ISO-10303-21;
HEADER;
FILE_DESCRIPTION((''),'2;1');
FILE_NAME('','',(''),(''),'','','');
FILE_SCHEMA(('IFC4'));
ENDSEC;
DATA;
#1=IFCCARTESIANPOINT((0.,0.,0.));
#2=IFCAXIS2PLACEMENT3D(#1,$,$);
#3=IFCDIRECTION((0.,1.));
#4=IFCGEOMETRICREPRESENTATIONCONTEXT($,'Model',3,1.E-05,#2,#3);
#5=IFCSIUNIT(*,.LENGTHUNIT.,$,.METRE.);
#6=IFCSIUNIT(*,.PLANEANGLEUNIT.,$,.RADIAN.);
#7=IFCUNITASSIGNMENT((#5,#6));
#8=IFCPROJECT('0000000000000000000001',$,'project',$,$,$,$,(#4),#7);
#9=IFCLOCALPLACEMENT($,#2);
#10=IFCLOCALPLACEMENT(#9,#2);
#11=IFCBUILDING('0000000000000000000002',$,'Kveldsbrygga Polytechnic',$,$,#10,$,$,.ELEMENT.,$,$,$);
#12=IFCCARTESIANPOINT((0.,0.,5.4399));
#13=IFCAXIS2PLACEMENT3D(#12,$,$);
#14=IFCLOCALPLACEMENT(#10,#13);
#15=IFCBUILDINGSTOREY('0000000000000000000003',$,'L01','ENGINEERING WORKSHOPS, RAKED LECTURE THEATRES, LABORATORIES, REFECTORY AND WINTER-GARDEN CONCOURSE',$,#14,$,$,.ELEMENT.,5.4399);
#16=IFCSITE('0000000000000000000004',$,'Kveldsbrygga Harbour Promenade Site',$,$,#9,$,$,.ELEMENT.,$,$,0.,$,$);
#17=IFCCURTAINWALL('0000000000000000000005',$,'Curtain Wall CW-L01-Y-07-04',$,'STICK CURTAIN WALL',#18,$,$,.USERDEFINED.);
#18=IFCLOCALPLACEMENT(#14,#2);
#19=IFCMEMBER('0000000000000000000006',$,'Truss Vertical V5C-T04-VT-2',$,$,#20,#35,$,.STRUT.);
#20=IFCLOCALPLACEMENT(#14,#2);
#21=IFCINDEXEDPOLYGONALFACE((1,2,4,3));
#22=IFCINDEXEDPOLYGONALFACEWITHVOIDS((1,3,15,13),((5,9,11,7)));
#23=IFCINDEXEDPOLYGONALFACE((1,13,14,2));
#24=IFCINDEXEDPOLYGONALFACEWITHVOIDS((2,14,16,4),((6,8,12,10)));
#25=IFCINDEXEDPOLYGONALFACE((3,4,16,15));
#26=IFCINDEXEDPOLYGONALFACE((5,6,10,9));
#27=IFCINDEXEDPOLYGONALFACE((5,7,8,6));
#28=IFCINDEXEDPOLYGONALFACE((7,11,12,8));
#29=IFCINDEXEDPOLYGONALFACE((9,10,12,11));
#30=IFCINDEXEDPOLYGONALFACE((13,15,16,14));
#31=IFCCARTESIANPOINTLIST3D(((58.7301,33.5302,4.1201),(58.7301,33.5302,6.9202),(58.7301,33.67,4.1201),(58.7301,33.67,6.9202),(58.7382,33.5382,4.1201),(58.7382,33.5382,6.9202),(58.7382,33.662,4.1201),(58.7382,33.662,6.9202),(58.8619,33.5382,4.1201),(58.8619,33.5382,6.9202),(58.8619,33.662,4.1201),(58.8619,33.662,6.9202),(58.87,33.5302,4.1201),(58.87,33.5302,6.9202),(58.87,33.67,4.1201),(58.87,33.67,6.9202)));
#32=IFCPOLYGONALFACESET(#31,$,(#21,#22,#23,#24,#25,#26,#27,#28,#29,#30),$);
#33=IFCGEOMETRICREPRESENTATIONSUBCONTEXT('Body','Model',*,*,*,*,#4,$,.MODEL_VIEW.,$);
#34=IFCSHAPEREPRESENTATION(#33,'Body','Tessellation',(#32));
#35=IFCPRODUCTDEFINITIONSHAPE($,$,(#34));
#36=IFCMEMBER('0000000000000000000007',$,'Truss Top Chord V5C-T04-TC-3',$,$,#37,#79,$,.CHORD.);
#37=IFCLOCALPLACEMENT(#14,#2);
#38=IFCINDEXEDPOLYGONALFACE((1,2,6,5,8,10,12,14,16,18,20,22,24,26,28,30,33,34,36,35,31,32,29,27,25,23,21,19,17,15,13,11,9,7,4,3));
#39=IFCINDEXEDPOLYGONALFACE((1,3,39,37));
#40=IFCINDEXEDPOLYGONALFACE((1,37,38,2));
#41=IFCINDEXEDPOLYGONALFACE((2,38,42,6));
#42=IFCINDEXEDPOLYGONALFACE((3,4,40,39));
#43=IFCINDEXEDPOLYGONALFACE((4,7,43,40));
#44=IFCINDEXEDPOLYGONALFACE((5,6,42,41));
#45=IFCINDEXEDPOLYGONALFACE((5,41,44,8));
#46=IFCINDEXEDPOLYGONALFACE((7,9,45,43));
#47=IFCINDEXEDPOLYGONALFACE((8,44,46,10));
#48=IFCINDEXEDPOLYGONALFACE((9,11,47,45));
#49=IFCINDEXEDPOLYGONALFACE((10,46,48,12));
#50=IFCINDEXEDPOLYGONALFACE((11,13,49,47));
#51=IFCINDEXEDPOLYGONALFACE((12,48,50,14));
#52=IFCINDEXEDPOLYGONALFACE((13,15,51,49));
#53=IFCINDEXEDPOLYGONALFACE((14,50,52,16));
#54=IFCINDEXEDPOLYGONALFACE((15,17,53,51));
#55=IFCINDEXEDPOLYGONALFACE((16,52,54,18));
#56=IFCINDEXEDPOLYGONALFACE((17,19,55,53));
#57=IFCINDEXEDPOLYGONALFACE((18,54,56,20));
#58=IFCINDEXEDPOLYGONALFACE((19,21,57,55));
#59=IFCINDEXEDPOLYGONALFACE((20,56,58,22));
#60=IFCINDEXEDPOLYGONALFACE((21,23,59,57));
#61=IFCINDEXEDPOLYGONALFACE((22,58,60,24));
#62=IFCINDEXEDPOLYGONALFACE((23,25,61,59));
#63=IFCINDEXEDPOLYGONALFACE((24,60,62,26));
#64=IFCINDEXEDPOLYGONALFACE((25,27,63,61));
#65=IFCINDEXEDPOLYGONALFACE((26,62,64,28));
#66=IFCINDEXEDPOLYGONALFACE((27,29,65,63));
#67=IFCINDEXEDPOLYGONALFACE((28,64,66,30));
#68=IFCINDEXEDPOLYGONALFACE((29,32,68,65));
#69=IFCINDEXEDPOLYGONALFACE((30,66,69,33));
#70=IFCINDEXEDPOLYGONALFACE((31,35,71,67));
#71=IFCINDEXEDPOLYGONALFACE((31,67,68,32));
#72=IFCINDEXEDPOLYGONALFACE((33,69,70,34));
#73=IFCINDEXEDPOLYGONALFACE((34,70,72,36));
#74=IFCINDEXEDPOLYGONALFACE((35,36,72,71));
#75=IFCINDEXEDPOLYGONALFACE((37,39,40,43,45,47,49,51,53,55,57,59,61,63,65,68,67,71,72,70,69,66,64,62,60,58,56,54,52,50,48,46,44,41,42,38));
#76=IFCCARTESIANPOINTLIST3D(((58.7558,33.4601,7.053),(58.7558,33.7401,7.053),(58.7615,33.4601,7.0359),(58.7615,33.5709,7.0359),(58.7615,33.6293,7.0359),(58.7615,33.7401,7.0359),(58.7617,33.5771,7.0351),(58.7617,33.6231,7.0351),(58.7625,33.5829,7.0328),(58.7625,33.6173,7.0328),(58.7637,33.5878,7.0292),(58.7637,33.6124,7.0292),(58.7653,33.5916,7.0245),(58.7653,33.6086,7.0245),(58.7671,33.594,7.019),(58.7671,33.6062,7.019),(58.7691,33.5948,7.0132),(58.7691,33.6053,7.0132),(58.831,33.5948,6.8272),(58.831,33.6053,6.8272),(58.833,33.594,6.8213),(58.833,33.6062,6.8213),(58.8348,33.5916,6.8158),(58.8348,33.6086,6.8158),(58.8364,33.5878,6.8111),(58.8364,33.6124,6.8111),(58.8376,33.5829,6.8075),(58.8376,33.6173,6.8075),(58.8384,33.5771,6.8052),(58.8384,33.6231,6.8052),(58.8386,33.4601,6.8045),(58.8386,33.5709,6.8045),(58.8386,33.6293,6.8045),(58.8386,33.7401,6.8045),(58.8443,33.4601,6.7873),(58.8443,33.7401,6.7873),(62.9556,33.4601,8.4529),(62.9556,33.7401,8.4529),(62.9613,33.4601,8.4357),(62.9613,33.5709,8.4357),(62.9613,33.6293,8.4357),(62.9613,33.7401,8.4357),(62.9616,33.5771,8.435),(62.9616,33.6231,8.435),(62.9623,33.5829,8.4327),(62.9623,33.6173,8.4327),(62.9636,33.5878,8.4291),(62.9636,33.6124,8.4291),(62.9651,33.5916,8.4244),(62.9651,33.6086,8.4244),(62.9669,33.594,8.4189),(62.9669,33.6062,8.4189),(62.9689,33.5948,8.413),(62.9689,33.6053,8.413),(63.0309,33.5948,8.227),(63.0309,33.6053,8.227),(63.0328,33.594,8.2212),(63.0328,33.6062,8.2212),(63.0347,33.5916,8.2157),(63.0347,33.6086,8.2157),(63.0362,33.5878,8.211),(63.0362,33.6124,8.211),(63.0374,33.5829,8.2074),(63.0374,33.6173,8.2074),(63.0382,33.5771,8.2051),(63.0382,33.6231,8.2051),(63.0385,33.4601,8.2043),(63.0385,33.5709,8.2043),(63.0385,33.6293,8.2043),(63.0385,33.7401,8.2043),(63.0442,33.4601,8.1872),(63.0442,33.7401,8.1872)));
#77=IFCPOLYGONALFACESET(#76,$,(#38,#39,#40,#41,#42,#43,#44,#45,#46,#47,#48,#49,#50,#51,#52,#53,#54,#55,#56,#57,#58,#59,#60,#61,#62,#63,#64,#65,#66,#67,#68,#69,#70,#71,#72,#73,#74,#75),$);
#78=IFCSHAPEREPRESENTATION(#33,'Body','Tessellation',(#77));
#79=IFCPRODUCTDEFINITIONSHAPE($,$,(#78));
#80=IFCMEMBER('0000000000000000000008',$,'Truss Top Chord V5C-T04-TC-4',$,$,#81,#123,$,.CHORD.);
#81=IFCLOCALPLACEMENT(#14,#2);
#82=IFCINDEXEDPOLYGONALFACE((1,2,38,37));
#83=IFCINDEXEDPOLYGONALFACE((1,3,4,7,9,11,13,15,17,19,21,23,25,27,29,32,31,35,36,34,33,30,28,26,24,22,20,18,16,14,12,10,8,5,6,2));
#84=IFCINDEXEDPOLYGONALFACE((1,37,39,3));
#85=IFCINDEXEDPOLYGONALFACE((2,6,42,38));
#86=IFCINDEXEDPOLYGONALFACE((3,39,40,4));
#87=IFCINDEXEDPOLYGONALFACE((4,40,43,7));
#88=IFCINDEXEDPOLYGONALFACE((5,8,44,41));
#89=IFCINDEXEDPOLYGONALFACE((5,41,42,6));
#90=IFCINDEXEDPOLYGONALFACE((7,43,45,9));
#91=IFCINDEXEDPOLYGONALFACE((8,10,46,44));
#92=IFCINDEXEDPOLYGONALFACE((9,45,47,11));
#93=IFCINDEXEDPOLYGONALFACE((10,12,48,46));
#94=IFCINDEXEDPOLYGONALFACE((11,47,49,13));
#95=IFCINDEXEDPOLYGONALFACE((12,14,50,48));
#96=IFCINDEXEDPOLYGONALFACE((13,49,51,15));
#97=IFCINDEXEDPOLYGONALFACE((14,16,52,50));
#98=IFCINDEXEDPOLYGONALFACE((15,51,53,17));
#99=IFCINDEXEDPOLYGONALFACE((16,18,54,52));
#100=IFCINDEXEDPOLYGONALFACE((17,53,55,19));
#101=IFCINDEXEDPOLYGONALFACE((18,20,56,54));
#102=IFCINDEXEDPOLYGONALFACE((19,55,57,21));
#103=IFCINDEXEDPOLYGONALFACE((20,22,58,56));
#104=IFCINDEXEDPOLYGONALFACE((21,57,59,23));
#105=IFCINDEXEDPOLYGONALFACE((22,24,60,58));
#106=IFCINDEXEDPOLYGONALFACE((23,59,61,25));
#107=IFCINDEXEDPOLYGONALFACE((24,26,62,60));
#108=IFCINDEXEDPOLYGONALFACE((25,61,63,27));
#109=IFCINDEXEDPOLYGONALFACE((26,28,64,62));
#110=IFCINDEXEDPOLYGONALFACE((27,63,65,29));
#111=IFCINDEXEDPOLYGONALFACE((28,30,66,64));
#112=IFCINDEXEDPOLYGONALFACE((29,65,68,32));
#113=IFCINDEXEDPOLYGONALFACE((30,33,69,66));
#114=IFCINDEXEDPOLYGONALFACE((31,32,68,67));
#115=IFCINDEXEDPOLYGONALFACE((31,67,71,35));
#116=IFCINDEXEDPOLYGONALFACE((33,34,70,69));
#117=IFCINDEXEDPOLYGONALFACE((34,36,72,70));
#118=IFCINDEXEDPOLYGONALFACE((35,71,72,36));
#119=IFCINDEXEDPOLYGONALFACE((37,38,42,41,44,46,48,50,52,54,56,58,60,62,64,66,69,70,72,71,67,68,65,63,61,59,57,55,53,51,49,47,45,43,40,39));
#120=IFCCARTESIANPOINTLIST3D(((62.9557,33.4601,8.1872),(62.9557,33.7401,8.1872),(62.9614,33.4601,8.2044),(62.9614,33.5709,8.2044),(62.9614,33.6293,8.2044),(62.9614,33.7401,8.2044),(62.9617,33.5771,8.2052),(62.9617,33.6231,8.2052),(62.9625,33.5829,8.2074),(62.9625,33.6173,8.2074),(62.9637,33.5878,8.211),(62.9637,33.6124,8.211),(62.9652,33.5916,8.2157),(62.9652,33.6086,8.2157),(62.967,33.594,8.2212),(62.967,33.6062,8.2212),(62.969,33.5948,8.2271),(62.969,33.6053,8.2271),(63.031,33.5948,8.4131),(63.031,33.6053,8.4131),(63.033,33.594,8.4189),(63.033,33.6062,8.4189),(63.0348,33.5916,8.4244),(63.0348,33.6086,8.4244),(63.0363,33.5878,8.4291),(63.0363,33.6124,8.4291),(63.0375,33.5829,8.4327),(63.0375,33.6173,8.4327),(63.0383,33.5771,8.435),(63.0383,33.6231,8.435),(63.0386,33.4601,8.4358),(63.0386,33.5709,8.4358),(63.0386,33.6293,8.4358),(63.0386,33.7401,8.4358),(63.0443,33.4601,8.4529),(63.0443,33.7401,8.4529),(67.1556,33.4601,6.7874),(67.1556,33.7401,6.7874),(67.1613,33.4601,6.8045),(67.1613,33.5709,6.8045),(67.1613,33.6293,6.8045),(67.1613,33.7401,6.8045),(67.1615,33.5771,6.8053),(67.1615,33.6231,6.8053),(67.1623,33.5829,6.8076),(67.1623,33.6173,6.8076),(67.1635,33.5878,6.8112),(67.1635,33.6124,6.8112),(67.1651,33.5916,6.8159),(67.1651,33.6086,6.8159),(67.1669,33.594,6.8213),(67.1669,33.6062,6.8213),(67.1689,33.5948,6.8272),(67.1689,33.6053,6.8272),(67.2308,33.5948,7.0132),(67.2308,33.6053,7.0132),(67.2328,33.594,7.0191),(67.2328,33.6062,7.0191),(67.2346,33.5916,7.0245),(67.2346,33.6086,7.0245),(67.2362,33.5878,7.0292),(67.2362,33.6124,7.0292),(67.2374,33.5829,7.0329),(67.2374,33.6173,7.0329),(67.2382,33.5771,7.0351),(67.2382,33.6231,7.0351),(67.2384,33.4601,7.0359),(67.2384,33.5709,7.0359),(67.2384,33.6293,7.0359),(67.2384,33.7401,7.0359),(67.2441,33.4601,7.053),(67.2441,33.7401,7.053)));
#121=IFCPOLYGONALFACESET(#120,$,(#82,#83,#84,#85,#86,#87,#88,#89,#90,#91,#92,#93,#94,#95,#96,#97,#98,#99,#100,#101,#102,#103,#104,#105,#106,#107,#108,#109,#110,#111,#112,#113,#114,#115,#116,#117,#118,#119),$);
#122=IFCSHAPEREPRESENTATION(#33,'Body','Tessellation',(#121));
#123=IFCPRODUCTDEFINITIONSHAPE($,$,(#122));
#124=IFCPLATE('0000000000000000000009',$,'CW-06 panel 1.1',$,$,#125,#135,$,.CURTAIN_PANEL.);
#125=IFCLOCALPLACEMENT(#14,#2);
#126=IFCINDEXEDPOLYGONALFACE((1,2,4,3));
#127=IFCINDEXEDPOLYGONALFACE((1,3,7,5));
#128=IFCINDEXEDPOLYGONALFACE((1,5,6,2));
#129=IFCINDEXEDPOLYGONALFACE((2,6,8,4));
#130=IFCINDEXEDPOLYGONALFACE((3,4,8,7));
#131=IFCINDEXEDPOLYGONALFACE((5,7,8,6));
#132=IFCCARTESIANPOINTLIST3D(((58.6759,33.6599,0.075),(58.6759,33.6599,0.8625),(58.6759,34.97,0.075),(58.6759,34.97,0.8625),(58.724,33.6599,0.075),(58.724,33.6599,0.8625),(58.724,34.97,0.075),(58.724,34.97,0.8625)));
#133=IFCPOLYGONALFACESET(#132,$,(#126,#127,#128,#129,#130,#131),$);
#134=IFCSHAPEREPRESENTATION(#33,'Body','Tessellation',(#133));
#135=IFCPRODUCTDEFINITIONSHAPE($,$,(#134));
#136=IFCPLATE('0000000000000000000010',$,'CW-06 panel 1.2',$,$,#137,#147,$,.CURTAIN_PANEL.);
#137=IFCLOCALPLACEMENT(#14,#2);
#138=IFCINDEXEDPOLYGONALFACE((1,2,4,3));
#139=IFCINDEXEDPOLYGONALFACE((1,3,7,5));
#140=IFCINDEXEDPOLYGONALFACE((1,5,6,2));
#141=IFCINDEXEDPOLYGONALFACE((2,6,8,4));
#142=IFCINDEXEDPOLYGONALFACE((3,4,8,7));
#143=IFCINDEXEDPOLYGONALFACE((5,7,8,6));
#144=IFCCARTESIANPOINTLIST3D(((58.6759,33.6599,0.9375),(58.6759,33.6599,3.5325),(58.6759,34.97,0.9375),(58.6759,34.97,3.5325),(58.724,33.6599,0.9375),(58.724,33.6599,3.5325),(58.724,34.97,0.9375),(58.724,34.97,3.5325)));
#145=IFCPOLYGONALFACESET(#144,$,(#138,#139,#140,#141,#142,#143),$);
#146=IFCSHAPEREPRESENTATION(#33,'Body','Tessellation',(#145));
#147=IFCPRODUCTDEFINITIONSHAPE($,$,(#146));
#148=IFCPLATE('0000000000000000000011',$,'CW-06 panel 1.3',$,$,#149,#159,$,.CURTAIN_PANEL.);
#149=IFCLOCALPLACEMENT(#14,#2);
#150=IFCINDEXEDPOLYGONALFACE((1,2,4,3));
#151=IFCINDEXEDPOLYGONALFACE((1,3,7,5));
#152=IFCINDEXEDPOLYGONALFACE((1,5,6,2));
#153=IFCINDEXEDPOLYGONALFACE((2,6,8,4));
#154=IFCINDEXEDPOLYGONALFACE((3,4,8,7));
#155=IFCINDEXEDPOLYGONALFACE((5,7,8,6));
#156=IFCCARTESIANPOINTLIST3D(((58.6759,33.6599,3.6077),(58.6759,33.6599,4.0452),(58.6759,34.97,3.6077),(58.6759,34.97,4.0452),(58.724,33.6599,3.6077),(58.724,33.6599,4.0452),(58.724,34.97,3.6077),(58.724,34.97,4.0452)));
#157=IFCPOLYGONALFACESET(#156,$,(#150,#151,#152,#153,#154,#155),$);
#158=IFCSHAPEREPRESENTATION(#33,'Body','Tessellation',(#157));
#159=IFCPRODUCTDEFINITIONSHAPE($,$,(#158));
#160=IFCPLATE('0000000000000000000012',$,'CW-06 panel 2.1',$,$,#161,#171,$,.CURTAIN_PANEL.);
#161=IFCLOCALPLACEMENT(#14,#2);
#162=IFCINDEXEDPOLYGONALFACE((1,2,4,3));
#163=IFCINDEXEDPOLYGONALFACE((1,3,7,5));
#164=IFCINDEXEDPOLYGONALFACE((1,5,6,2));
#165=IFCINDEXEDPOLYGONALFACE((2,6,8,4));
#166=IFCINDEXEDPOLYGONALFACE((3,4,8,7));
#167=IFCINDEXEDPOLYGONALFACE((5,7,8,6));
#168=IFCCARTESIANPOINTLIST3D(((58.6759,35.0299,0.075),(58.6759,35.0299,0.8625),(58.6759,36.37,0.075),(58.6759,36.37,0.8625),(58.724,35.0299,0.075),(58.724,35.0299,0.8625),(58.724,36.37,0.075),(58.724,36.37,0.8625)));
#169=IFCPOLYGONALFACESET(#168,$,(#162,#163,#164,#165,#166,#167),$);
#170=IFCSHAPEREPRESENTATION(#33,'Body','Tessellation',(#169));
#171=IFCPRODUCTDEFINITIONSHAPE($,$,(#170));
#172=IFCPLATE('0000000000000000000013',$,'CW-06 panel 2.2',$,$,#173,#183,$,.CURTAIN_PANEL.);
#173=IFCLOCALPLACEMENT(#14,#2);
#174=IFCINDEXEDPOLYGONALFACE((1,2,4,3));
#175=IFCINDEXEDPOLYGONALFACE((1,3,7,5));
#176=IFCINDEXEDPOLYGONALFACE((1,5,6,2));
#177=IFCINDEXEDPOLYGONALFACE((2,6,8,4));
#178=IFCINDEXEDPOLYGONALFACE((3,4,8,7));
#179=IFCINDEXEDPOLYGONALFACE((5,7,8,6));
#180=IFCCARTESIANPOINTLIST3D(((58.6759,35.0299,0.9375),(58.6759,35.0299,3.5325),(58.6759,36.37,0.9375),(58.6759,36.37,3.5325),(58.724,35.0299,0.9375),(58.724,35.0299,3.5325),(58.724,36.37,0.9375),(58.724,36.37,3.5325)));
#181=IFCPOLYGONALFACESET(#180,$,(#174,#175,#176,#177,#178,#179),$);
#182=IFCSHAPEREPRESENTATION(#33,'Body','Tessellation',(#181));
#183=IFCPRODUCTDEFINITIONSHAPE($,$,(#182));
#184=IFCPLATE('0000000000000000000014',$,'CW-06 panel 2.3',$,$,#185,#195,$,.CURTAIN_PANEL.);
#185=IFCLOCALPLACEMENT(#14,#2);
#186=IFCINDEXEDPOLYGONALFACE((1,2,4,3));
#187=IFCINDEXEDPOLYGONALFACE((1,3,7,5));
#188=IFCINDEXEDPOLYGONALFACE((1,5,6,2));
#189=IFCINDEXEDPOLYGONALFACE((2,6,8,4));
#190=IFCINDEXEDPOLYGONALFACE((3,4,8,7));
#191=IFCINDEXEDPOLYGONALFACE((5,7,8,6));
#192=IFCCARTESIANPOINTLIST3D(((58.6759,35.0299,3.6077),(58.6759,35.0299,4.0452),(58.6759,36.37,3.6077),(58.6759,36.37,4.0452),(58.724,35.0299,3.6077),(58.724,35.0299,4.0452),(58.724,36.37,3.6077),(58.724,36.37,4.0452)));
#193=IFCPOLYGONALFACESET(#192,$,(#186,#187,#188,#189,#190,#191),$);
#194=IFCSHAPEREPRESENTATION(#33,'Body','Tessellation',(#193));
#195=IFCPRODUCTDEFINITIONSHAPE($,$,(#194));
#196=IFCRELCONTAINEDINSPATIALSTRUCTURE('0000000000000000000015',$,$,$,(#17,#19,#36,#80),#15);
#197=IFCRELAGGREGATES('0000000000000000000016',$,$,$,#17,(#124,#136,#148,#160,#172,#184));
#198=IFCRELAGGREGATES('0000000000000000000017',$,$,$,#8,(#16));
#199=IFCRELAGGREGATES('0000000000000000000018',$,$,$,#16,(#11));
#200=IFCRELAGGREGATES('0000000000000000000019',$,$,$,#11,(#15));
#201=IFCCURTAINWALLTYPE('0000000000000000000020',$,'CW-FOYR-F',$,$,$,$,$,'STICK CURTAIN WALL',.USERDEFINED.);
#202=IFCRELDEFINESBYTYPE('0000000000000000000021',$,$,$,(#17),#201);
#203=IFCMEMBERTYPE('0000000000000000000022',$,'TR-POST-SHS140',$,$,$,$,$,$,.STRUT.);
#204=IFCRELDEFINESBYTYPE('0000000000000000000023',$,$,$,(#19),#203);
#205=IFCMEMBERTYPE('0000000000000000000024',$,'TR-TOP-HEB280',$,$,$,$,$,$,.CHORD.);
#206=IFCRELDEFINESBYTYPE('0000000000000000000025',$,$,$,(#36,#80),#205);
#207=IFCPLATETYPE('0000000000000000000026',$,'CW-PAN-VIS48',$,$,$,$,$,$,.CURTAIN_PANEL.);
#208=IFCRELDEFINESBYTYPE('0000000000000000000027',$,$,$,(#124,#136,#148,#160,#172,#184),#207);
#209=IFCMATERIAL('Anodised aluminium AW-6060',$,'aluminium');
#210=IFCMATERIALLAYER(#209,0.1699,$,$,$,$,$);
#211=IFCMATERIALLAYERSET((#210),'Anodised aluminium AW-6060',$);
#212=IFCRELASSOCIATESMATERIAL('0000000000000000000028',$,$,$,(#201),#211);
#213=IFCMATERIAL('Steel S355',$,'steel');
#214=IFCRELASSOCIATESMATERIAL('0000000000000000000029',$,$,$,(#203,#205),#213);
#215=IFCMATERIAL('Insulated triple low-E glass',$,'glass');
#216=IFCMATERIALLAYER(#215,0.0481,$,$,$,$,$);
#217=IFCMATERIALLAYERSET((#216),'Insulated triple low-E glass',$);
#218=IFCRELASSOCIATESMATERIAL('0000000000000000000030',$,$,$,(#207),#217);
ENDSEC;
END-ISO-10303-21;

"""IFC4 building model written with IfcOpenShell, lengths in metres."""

from ifc_helpers import new_model, si_unit, direction, frame, origin, origin_2d, place, context, subcontext, project, spatial, rectangle, hollow_rectangle, i_section, extrude, material, layer, layer_set, material_profile, profile_set, type_object, element, aggregate, save


model = new_model("IFC4")

# Units and contexts
model_context = context("Model", 3, precision=1e-05, world=origin(), true_north=direction((0.0, 1.0)))
body_context = subcontext(model_context, "Body", "Model", "MODEL_VIEW")
ifc_project = project(units=[si_unit("LENGTHUNIT", "METRE"), si_unit("PLANEANGLEUNIT", "RADIAN")], contexts=[model_context])

# Site, building, storey
site_placement = place(None, origin())
site = spatial("IfcSite", under=ifc_project, at=site_placement, Name="Kveldsbrygga Harbour Promenade Site", CompositionType="ELEMENT", RefElevation=0.0)
building_placement = place(site_placement, origin())
building = spatial("IfcBuilding", under=site, at=building_placement, Name="Kveldsbrygga Polytechnic", CompositionType="ELEMENT")
storey_placement = place(building_placement, frame((0.0, 0.0, 5.4399)))
storey = spatial("IfcBuildingStorey", under=building, at=storey_placement, Name="L01", Description="ENGINEERING WORKSHOPS, RAKED LECTURE THEATRES, LABORATORIES, REFECTORY AND WINTER-GARDEN CONCOURSE", CompositionType="ELEMENT", Elevation=5.4399)

# Curtain wall
ifc_material_1 = material(Name="Anodised aluminium AW-6060", Category="aluminium")
ifc_layer_1 = layer(ifc_material_1, 0.1699)
ifc_layer_set_1 = layer_set([ifc_layer_1], Name="Anodised aluminium AW-6060")
curtain_wall_type = type_object("IfcCurtainWallType", Name="CW-FOYR-F", ElementType="STICK CURTAIN WALL", PredefinedType="USERDEFINED", material=ifc_layer_set_1)
curtain_wall_placement = place(storey_placement, origin())
curtain_wall = element("IfcCurtainWall", 1, at=curtain_wall_placement, inside=storey, type_object=curtain_wall_type, Name="Curtain Wall CW-L01-Y-07-04", ObjectType="STICK CURTAIN WALL", PredefinedType="USERDEFINED")

# Members
ifc_material_2 = material(Name="Steel S355", Category="steel")
ifc_material_profile_1 = material_profile(ifc_material_2, hollow_rectangle(XDim=0.1399, YDim=0.1399, WallThickness=0.0081, at=origin_2d()), Name="SHS 140x140x8.0")
ifc_profile_set_1 = profile_set([ifc_material_profile_1], Name="Steel S355")
member_type_1 = type_object("IfcMemberType", Name="TR-POST-SHS140", PredefinedType="STRUT", material=ifc_profile_set_1)
member_1_placement = place(storey_placement, frame((58.8, 33.6001, 4.1201), z_axis=(0.0, 0.0, 1.0), x_axis=(1.0, 0.0, 0.0)))
element("IfcMember", 2, at=member_1_placement, inside=storey, type_object=member_type_1, Name="Truss Vertical V5C-T04-VT-2", PredefinedType="STRUT", context=body_context, shape_type="SweptSolid", body=[
    extrude(hollow_rectangle(XDim=0.1399, YDim=0.1399, WallThickness=0.0081, at=origin_2d()), origin(), (0.0, 0.0, 1.0), 2.8),
])
ifc_material_profile_2 = material_profile(ifc_material_2, i_section(OverallWidth=0.28, OverallDepth=0.28, WebThickness=0.0105, FlangeThickness=0.0181, FilletRadius=0.0239, at=origin_2d()), Name="HEB 280")
ifc_profile_set_2 = profile_set([ifc_material_profile_2], Name="Steel S355")
member_type_2 = type_object("IfcMemberType", Name="TR-TOP-HEB280", PredefinedType="CHORD", material=ifc_profile_set_2)
for number, where, z_axis, x_axis, name in (
    (3, (58.8, 33.6001, 6.9202), (0.948689, 0.0, 0.316211), (0.0, 1.0, 0.0), "Truss Top Chord V5C-T04-TC-3"),
    (4, (63.0, 33.6001, 8.3201), (0.948689, 0.0, -0.316211), (0.0, 1.0, 0.0), "Truss Top Chord V5C-T04-TC-4"),
):
    element("IfcMember", number, at=place(storey_placement, frame(where, z_axis=z_axis, x_axis=x_axis)), inside=storey, type_object=member_type_2, Name=name, PredefinedType="CHORD", context=body_context, shape_type="SweptSolid", body=[
        extrude(i_section(OverallWidth=0.28, OverallDepth=0.28, WebThickness=0.0105, FlangeThickness=0.0181, FilletRadius=0.0239, at=origin_2d()), origin(), (0.0, 0.0, 1.0), 4.427),
    ])

# Plates
ifc_material_3 = material(Name="Insulated triple low-E glass", Category="glass")
ifc_layer_2 = layer(ifc_material_3, 0.0481)
ifc_layer_set_2 = layer_set([ifc_layer_2], Name="Insulated triple low-E glass")
plate_type_1 = type_object("IfcPlateType", Name="CW-PAN-VIS48", PredefinedType="CURTAIN_PANEL", material=ifc_layer_set_2)
plate_1_placement = place(storey_placement, frame((58.7, 34.3149, 0.075), z_axis=(0.0, 0.0, 1.0), x_axis=(0.0, 1.0, 0.0)))
plate_1 = element("IfcPlate", 5, at=plate_1_placement, type_object=plate_type_1, Name="CW-06 panel 1.1", PredefinedType="CURTAIN_PANEL", context=body_context, shape_type="SweptSolid", body=[
    extrude(rectangle(XDim=1.3101, YDim=0.0481, at=origin_2d()), origin(), (0.0, 0.0, 1.0), 0.7876),
])
plate_2_placement = place(storey_placement, frame((58.7, 34.3149, 0.9375), z_axis=(0.0, 0.0, 1.0), x_axis=(0.0, 1.0, 0.0)))
plate_2 = element("IfcPlate", 6, at=plate_2_placement, type_object=plate_type_1, Name="CW-06 panel 1.2", PredefinedType="CURTAIN_PANEL", context=body_context, shape_type="SweptSolid", body=[
    extrude(rectangle(XDim=1.3101, YDim=0.0481, at=origin_2d()), origin(), (0.0, 0.0, 1.0), 2.595),
])
plate_3_placement = place(storey_placement, frame((58.7, 34.3149, 3.6077), z_axis=(0.0, 0.0, 1.0), x_axis=(0.0, 1.0, 0.0)))
plate_3 = element("IfcPlate", 7, at=plate_3_placement, type_object=plate_type_1, Name="CW-06 panel 1.3", PredefinedType="CURTAIN_PANEL", context=body_context, shape_type="SweptSolid", body=[
    extrude(rectangle(XDim=1.3101, YDim=0.0481, at=origin_2d()), origin(), (0.0, 0.0, 1.0), 0.4375),
])
plate_4_placement = place(storey_placement, frame((58.7, 35.7, 0.075), z_axis=(0.0, 0.0, 1.0), x_axis=(0.0, 1.0, 0.0)))
plate_4 = element("IfcPlate", 8, at=plate_4_placement, type_object=plate_type_1, Name="CW-06 panel 2.1", PredefinedType="CURTAIN_PANEL", context=body_context, shape_type="SweptSolid", body=[
    extrude(rectangle(XDim=1.3401, YDim=0.0481, at=origin_2d()), origin(), (0.0, 0.0, 1.0), 0.7876),
])
plate_5_placement = place(storey_placement, frame((58.7, 35.7, 0.9375), z_axis=(0.0, 0.0, 1.0), x_axis=(0.0, 1.0, 0.0)))
plate_5 = element("IfcPlate", 9, at=plate_5_placement, type_object=plate_type_1, Name="CW-06 panel 2.2", PredefinedType="CURTAIN_PANEL", context=body_context, shape_type="SweptSolid", body=[
    extrude(rectangle(XDim=1.3401, YDim=0.0481, at=origin_2d()), origin(), (0.0, 0.0, 1.0), 2.595),
])
plate_6_placement = place(storey_placement, frame((58.7, 35.7, 3.6077), z_axis=(0.0, 0.0, 1.0), x_axis=(0.0, 1.0, 0.0)))
plate_6 = element("IfcPlate", 10, at=plate_6_placement, type_object=plate_type_1, Name="CW-06 panel 2.3", PredefinedType="CURTAIN_PANEL", context=body_context, shape_type="SweptSolid", body=[
    extrude(rectangle(XDim=1.3401, YDim=0.0481, at=origin_2d()), origin(), (0.0, 0.0, 1.0), 0.4375),
])
aggregate(curtain_wall, [plate_1, plate_2, plate_3, plate_4, plate_5, plate_6])

save(model, "model.ifc")
